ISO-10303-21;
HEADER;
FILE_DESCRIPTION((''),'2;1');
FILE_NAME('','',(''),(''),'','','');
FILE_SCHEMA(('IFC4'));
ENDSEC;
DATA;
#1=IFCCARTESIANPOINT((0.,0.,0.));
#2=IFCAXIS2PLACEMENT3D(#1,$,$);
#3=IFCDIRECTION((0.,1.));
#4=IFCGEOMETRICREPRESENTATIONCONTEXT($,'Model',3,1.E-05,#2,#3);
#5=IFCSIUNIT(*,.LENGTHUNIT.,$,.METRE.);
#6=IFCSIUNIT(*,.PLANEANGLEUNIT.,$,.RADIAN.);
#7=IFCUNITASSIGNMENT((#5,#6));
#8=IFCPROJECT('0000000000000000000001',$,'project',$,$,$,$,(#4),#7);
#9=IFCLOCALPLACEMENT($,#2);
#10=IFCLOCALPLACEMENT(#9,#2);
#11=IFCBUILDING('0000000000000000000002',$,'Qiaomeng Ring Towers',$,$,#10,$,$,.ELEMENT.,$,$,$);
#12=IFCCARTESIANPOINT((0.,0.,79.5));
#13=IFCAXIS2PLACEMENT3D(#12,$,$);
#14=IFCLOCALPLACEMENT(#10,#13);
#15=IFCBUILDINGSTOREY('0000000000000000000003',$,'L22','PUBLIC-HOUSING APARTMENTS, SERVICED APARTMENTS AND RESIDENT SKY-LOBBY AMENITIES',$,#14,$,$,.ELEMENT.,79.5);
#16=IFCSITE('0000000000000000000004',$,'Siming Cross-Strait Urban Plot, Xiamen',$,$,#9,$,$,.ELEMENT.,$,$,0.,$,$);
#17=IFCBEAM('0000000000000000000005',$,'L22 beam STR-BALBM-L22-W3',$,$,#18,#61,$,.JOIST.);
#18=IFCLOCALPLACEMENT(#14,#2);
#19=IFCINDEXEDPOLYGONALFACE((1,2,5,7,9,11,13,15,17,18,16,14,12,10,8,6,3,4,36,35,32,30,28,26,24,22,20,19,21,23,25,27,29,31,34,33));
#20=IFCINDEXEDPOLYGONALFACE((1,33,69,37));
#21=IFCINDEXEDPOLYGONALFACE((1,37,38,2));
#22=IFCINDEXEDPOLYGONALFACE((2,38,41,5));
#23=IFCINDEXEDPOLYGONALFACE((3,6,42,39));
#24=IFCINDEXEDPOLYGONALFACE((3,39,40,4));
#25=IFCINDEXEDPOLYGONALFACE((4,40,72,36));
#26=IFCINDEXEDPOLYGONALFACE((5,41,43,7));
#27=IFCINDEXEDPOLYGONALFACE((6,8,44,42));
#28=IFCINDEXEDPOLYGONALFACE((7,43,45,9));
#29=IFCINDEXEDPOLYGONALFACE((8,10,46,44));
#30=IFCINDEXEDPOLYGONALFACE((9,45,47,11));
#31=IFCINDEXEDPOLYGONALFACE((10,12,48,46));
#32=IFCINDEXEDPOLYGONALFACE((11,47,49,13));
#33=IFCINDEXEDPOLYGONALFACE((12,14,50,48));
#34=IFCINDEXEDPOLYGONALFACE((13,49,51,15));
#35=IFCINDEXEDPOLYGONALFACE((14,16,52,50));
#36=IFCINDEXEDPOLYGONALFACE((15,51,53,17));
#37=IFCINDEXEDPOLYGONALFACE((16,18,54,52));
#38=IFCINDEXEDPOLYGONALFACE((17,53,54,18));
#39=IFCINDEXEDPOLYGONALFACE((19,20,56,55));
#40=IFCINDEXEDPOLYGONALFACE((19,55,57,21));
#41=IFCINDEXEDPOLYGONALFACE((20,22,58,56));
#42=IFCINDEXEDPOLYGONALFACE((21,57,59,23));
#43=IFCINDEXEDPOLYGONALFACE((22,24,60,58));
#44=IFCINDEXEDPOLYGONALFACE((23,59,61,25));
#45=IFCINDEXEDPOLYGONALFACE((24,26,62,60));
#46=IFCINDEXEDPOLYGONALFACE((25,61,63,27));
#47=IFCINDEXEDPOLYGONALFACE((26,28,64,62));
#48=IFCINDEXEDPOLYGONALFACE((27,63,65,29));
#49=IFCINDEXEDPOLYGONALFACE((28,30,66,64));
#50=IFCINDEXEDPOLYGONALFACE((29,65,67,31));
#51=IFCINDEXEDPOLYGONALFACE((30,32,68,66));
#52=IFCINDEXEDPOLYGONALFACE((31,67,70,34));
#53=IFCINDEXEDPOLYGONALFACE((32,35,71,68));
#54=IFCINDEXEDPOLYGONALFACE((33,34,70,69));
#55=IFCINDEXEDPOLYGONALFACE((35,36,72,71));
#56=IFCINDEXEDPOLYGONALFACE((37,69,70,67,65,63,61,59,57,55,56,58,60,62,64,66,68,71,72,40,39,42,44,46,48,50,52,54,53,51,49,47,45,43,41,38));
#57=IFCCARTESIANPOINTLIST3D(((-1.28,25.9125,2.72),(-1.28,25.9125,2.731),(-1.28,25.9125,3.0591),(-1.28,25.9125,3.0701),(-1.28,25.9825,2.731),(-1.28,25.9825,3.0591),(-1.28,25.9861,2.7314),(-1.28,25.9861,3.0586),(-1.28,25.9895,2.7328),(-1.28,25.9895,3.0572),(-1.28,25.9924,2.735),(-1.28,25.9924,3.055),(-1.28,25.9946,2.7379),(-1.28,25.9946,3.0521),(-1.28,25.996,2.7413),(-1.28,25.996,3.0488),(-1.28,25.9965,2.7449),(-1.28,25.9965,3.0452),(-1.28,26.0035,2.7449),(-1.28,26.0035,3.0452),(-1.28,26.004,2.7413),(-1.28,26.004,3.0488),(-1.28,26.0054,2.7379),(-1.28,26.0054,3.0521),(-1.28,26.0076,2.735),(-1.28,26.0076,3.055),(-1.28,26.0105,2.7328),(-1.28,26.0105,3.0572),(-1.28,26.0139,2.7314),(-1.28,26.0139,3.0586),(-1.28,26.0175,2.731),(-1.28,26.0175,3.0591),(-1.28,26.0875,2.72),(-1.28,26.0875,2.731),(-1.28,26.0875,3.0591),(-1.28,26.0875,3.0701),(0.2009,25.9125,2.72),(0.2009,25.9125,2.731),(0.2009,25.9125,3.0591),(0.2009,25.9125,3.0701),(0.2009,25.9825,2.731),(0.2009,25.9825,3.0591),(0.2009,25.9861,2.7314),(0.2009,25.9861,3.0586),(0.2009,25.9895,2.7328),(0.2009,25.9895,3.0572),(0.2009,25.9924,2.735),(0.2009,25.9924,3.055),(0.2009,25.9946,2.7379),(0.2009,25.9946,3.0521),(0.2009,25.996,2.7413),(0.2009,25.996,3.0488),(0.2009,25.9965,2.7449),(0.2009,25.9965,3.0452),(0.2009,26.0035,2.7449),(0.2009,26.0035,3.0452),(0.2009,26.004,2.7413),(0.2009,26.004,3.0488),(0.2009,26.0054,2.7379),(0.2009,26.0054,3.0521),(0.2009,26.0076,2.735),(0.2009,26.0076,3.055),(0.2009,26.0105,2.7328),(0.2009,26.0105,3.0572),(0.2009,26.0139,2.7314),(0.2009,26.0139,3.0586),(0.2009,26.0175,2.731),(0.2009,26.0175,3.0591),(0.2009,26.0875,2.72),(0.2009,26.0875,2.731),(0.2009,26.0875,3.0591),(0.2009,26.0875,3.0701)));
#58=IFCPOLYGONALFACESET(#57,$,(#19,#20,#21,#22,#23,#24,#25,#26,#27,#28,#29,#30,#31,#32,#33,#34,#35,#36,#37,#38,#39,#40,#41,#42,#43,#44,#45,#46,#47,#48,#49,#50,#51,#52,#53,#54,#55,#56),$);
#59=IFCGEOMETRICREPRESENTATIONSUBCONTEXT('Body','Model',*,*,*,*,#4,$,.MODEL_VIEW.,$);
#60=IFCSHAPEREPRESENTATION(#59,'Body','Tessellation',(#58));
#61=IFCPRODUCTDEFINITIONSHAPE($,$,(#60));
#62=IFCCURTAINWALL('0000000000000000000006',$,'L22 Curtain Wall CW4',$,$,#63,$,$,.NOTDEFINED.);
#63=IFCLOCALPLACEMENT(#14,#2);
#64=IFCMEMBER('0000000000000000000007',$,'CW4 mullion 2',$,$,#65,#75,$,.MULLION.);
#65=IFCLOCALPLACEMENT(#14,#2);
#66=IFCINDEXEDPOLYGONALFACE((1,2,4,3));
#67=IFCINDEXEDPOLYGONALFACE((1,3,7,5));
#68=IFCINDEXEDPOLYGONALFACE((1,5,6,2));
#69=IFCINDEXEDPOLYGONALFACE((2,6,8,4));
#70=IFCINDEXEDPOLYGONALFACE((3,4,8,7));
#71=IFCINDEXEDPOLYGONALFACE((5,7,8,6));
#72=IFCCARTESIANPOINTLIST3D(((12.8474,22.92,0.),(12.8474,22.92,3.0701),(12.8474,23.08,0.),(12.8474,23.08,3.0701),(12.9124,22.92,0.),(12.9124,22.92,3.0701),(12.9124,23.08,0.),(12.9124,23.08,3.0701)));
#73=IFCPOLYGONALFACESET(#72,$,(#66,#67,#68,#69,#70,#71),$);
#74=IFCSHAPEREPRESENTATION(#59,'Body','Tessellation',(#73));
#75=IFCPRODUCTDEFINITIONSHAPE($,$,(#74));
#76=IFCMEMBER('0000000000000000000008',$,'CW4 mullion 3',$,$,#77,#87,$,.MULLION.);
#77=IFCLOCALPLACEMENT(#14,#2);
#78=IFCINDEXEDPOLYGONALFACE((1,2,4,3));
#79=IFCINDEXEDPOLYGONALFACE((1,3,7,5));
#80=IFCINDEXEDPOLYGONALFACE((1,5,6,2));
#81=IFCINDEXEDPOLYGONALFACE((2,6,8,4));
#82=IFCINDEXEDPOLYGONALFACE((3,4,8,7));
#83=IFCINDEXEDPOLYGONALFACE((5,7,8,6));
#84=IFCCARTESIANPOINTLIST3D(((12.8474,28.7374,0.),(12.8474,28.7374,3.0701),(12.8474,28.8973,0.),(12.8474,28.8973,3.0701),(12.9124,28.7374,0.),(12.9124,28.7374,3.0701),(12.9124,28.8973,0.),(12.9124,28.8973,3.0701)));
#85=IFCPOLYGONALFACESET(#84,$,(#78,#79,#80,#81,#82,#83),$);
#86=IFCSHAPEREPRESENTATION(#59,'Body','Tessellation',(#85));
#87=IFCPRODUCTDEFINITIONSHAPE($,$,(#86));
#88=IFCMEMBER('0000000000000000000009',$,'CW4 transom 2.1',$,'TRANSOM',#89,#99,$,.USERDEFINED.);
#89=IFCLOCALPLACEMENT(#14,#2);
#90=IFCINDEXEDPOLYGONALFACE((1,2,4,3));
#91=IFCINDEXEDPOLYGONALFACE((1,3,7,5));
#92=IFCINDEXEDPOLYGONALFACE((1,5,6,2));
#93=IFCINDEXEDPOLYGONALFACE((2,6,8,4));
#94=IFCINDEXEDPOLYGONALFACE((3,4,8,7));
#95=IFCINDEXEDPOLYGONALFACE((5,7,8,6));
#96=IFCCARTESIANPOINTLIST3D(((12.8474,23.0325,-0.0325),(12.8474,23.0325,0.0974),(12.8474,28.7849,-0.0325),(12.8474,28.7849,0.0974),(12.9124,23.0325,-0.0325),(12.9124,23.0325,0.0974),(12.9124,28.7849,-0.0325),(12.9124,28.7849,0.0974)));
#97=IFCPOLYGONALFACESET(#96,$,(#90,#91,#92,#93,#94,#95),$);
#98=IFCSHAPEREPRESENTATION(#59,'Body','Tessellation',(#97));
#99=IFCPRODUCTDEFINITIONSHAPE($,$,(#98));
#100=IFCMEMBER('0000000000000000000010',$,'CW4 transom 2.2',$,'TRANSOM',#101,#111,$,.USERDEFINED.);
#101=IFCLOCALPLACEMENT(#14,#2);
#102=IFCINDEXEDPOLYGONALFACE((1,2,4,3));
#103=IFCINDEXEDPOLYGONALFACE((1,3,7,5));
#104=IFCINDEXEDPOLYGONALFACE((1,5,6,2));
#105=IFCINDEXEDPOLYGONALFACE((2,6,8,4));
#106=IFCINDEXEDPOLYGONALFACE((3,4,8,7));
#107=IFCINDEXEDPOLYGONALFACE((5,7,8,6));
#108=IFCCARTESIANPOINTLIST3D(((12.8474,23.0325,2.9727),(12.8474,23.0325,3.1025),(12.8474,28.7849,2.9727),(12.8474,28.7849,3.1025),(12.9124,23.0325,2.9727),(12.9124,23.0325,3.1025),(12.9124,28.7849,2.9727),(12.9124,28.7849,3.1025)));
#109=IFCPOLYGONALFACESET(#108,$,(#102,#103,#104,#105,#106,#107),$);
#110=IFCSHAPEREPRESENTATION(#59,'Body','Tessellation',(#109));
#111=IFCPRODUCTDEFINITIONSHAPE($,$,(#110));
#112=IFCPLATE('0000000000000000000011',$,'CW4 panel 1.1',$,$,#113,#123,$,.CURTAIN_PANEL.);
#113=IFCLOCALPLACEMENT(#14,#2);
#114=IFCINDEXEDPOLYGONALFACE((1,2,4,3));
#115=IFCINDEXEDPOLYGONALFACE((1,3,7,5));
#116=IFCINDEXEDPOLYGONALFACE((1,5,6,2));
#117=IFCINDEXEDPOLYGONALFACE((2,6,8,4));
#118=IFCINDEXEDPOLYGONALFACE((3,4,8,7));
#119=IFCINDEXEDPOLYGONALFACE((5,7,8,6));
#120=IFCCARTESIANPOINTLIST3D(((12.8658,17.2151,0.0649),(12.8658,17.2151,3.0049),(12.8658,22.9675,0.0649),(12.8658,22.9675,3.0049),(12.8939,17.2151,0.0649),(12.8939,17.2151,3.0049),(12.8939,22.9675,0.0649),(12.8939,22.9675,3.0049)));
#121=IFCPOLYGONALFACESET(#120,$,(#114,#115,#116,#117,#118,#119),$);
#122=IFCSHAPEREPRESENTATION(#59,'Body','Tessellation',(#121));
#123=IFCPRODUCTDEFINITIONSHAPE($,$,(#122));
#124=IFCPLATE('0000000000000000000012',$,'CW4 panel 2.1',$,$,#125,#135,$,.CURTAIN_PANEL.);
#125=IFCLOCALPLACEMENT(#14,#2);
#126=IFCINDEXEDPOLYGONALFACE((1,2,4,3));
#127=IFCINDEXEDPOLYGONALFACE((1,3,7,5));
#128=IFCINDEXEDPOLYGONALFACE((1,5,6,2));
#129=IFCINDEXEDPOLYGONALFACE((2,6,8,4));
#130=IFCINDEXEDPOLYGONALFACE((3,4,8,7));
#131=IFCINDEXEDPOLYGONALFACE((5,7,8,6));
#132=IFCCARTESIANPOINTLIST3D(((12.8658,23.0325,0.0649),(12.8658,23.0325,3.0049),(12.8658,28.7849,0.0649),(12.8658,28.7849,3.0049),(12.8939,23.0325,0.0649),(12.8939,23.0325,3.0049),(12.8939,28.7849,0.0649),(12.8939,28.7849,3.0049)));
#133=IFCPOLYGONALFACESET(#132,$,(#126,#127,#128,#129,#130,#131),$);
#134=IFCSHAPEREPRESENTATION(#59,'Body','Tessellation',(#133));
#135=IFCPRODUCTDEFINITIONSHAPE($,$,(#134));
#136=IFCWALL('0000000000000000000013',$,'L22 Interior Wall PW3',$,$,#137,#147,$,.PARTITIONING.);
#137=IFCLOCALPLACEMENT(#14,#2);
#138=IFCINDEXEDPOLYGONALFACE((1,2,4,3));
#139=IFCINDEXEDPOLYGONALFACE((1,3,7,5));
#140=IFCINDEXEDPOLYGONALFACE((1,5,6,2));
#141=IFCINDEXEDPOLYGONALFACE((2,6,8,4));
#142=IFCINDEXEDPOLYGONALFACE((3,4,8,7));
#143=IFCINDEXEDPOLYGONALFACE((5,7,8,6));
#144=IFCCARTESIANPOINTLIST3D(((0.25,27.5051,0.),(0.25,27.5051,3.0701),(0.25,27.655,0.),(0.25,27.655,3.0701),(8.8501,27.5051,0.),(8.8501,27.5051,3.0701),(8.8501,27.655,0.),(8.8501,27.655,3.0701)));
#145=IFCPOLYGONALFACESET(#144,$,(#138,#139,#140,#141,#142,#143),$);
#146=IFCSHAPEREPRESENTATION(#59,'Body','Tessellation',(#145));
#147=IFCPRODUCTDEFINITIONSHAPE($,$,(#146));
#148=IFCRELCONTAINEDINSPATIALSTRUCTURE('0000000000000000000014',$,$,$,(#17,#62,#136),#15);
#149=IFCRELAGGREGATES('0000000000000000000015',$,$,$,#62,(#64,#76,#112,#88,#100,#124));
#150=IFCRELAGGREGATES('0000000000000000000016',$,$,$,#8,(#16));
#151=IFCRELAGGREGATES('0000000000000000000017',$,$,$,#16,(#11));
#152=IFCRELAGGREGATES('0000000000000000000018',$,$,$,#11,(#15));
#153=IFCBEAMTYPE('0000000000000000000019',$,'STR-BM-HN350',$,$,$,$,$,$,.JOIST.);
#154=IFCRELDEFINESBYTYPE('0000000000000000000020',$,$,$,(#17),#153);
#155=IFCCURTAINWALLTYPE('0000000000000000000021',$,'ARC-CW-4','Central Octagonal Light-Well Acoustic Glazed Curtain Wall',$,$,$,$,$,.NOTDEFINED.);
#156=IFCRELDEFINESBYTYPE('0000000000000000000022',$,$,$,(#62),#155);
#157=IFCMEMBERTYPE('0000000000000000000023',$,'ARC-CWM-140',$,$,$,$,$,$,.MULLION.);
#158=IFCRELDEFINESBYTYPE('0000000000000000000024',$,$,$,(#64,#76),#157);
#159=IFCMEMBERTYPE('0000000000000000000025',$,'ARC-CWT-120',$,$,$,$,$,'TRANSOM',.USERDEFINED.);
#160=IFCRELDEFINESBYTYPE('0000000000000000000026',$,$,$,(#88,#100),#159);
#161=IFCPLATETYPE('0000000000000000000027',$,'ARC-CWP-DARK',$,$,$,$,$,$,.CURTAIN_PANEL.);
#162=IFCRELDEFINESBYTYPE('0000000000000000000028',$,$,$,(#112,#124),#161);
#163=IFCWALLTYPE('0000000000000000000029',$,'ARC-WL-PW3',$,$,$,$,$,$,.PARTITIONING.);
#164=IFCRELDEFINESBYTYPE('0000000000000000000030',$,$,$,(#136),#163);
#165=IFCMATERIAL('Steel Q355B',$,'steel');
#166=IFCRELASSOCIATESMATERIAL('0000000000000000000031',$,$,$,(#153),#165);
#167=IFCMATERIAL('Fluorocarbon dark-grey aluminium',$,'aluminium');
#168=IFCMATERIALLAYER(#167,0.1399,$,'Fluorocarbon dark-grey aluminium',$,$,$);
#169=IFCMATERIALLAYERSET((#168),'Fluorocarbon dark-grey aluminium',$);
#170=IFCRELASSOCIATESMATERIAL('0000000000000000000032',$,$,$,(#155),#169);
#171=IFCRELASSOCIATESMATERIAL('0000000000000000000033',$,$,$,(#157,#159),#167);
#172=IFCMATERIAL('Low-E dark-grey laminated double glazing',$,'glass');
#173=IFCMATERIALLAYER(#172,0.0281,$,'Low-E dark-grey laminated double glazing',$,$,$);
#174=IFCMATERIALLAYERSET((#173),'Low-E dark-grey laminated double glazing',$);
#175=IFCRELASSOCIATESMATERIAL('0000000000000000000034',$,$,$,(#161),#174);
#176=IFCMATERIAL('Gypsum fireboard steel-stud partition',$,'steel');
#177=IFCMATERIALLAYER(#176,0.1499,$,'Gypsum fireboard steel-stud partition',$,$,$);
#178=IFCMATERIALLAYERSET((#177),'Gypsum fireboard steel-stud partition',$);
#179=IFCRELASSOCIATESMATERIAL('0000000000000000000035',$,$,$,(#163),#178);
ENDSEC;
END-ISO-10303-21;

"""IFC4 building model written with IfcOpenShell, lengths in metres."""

from ifc_helpers import new_model, si_unit, direction, frame, frame_2d, origin, origin_2d, place, context, subcontext, project, spatial, rectangle, i_section, extrude, source, transform, mapped, material, layer, layer_set, material_profile, profile_set, type_object, element, aggregate, save


model = new_model("IFC4")

# Units and contexts
model_context = context("Model", 3, precision=1e-05, world=origin(), true_north=direction((0.0, 1.0)))
body_context = subcontext(model_context, "Body", "Model", "MODEL_VIEW")
ifc_project = project(units=[si_unit("LENGTHUNIT", "METRE"), si_unit("PLANEANGLEUNIT", "RADIAN")], contexts=[model_context])

# Site, building, storey
site_placement = place(None, origin())
site = spatial("IfcSite", under=ifc_project, at=site_placement, Name="Siming Cross-Strait Urban Plot, Xiamen", CompositionType="ELEMENT", RefElevation=0.0)
building_placement = place(site_placement, origin())
building = spatial("IfcBuilding", under=site, at=building_placement, Name="Qiaomeng Ring Towers", CompositionType="ELEMENT")
storey_placement = place(building_placement, frame((0.0, 0.0, 79.5)))
storey = spatial("IfcBuildingStorey", under=building, at=storey_placement, Name="L22", Description="PUBLIC-HOUSING APARTMENTS, SERVICED APARTMENTS AND RESIDENT SKY-LOBBY AMENITIES", CompositionType="ELEMENT", Elevation=79.5)

# Beam
ifc_material_1 = material(Name="Steel Q355B", Category="steel")
ifc_material_profile_1 = material_profile(ifc_material_1, i_section(OverallWidth=0.175, OverallDepth=0.3501, WebThickness=0.0071, FlangeThickness=0.011, FilletRadius=0.0139, at=origin_2d()), Name="HN 350x175x7x11")
ifc_profile_set_1 = profile_set([ifc_material_profile_1], Name="Steel Q355B")
beam_type_1 = type_object("IfcBeamType", Name="STR-BM-HN350", PredefinedType="JOIST", material=ifc_profile_set_1)
shared_shape_1 = source(origin(), body_context, "Body", "SweptSolid", [
    extrude(i_section(OverallWidth=0.175, OverallDepth=0.3501, WebThickness=0.0071, FlangeThickness=0.011, FilletRadius=0.0139, at=origin_2d()), origin(), (0.0, 0.0, 1.0), 1.481),
])
beam_1_placement = place(storey_placement, frame((-1.28, 26.0, 2.895), z_axis=(1.0, 0.0, 0.0), x_axis=(0.0, 1.0, 0.0)))
element("IfcBeam", 1, at=beam_1_placement, inside=storey, type_object=beam_type_1, Name="L22 beam STR-BALBM-L22-W3", PredefinedType="JOIST", context=body_context, shape_type="MappedRepresentation", body=[
    mapped(shared_shape_1, transform((0.0, 0.0, 0.0), x_axis=(1.0, 0.0, 0.0), y_axis=(0.0, 1.0, 0.0), z_axis=(0.0, 0.0, 1.0), scale=1.0)),
])

# Curtain wall, members, plates
ifc_material_2 = material(Name="Fluorocarbon dark-grey aluminium", Category="aluminium")
ifc_layer_1 = layer(ifc_material_2, 0.1399, Name="Fluorocarbon dark-grey aluminium")
ifc_layer_set_1 = layer_set([ifc_layer_1], Name="Fluorocarbon dark-grey aluminium")
curtain_wall_type = type_object("IfcCurtainWallType", Name="ARC-CW-4", Description="Central Octagonal Light-Well Acoustic Glazed Curtain Wall", PredefinedType="NOTDEFINED", material=ifc_layer_set_1)
curtain_wall_placement = place(storey_placement, origin())
curtain_wall = element("IfcCurtainWall", 2, at=curtain_wall_placement, inside=storey, type_object=curtain_wall_type, Name="L22 Curtain Wall CW4", PredefinedType="NOTDEFINED")
ifc_material_profile_2 = material_profile(ifc_material_2, rectangle(XDim=0.0649, YDim=0.1599, at=origin_2d()), Name="ALU MULL 65x160")
ifc_profile_set_2 = profile_set([ifc_material_profile_2], Name="Fluorocarbon dark-grey aluminium")
member_type_1 = type_object("IfcMemberType", Name="ARC-CWM-140", PredefinedType="MULLION", material=ifc_profile_set_2)
shared_shape_2 = source(origin(), body_context, "Body", "SweptSolid", [
    extrude(rectangle(XDim=0.0649, YDim=0.1599, at=origin_2d()), origin(), (0.0, 0.0, 1.0), 3.0701),
])
member_1_placement = place(storey_placement, frame((12.8799, 23.0, 0.0), z_axis=(0.0, 0.0, 1.0), x_axis=(-1.0, 0.0, 0.0)))
member_1 = element("IfcMember", 3, at=member_1_placement, type_object=member_type_1, Name="CW4 mullion 2", PredefinedType="MULLION", context=body_context, shape_type="MappedRepresentation", body=[
    mapped(shared_shape_2, transform((0.0, 0.0, 0.0), x_axis=(1.0, 0.0, 0.0), y_axis=(0.0, 1.0, 0.0), z_axis=(0.0, 0.0, 1.0), scale=1.0)),
])
member_2_placement = place(storey_placement, frame((12.8799, 28.8174, 0.0), z_axis=(0.0, 0.0, 1.0), x_axis=(-1.0, 0.0, 0.0)))
member_2 = element("IfcMember", 4, at=member_2_placement, type_object=member_type_1, Name="CW4 mullion 3", PredefinedType="MULLION", context=body_context, shape_type="MappedRepresentation", body=[
    mapped(shared_shape_2, transform((0.0, 0.0, 0.0), x_axis=(1.0, 0.0, 0.0), y_axis=(0.0, 1.0, 0.0), z_axis=(0.0, 0.0, 1.0), scale=1.0)),
])
ifc_material_profile_3 = material_profile(ifc_material_2, rectangle(XDim=0.0649, YDim=0.1299, at=origin_2d()), Name="ALU TRAN 65x130")
ifc_profile_set_3 = profile_set([ifc_material_profile_3], Name="Fluorocarbon dark-grey aluminium")
member_type_2 = type_object("IfcMemberType", Name="ARC-CWT-120", ElementType="TRANSOM", PredefinedType="USERDEFINED", material=ifc_profile_set_3)
shared_shape_3 = source(origin(), body_context, "Body", "SweptSolid", [
    extrude(rectangle(XDim=0.0649, YDim=0.1299, at=origin_2d()), origin(), (0.0, 0.0, 1.0), 5.7524),
])
member_3_placement = place(storey_placement, frame((12.8799, 23.0325, 0.0325), z_axis=(0.0, 1.0, 0.0), x_axis=(-1.0, 0.0, 0.0)))
member_3 = element("IfcMember", 5, at=member_3_placement, type_object=member_type_2, Name="CW4 transom 2.1", ObjectType="TRANSOM", PredefinedType="USERDEFINED", context=body_context, shape_type="MappedRepresentation", body=[
    mapped(shared_shape_3, transform((0.0, 0.0, 0.0), x_axis=(1.0, 0.0, 0.0), y_axis=(0.0, 1.0, 0.0), z_axis=(0.0, 0.0, 1.0), scale=1.0)),
])
member_4_placement = place(storey_placement, frame((12.8799, 23.0325, 3.0376), z_axis=(0.0, 1.0, 0.0), x_axis=(-1.0, 0.0, 0.0)))
member_4 = element("IfcMember", 6, at=member_4_placement, type_object=member_type_2, Name="CW4 transom 2.2", ObjectType="TRANSOM", PredefinedType="USERDEFINED", context=body_context, shape_type="MappedRepresentation", body=[
    mapped(shared_shape_3, transform((0.0, 0.0, 0.0), x_axis=(1.0, 0.0, 0.0), y_axis=(0.0, 1.0, 0.0), z_axis=(0.0, 0.0, 1.0), scale=1.0)),
])
ifc_material_3 = material(Name="Low-E dark-grey laminated double glazing", Category="glass")
ifc_layer_2 = layer(ifc_material_3, 0.0281, Name="Low-E dark-grey laminated double glazing")
ifc_layer_set_2 = layer_set([ifc_layer_2], Name="Low-E dark-grey laminated double glazing")
plate_type = type_object("IfcPlateType", Name="ARC-CWP-DARK", PredefinedType="CURTAIN_PANEL", material=ifc_layer_set_2)
shared_shape_4 = source(origin(), body_context, "Body", "SweptSolid", [
    extrude(rectangle(XDim=5.7524, YDim=0.0281, at=origin_2d()), origin(), (0.0, 0.0, 1.0), 2.9399),
])
plate_1_placement = place(storey_placement, frame((12.8799, 20.0913, 0.0649), z_axis=(0.0, 0.0, 1.0), x_axis=(0.0, 1.0, 0.0)))
plate_1 = element("IfcPlate", 7, at=plate_1_placement, type_object=plate_type, Name="CW4 panel 1.1", PredefinedType="CURTAIN_PANEL", context=body_context, shape_type="MappedRepresentation", body=[
    mapped(shared_shape_4, transform((0.0, 0.0, 0.0), x_axis=(1.0, 0.0, 0.0), y_axis=(0.0, 1.0, 0.0), z_axis=(0.0, 0.0, 1.0), scale=1.0)),
])
plate_2_placement = place(storey_placement, frame((12.8799, 25.9087, 0.0649), z_axis=(0.0, 0.0, 1.0), x_axis=(0.0, 1.0, 0.0)))
plate_2 = element("IfcPlate", 8, at=plate_2_placement, type_object=plate_type, Name="CW4 panel 2.1", PredefinedType="CURTAIN_PANEL", context=body_context, shape_type="MappedRepresentation", body=[
    mapped(shared_shape_4, transform((0.0, 0.0, 0.0), x_axis=(1.0, 0.0, 0.0), y_axis=(0.0, 1.0, 0.0), z_axis=(0.0, 0.0, 1.0), scale=1.0)),
])
aggregate(curtain_wall, [member_1, member_2, plate_1, member_3, member_4, plate_2])

# Wall
ifc_material_4 = material(Name="Gypsum fireboard steel-stud partition", Category="steel")
ifc_layer_3 = layer(ifc_material_4, 0.1499, Name="Gypsum fireboard steel-stud partition")
ifc_layer_set_3 = layer_set([ifc_layer_3], Name="Gypsum fireboard steel-stud partition")
wall_type_1 = type_object("IfcWallType", Name="ARC-WL-PW3", PredefinedType="PARTITIONING", material=ifc_layer_set_3)
wall_1_placement = place(storey_placement, frame((0.25, 27.5801, 0.0), z_axis=(0.0, 0.0, 1.0), x_axis=(1.0, 0.0, 0.0)))
element("IfcWall", 9, at=wall_1_placement, inside=storey, type_object=wall_type_1, Name="L22 Interior Wall PW3", PredefinedType="PARTITIONING", context=body_context, shape_type="SweptSolid", body=[
    extrude(rectangle(XDim=8.6001, YDim=0.1499, at=frame_2d((4.3, 0.0))), origin(), (0.0, 0.0, 1.0), 3.0701),
])

save(model, "model.ifc")
